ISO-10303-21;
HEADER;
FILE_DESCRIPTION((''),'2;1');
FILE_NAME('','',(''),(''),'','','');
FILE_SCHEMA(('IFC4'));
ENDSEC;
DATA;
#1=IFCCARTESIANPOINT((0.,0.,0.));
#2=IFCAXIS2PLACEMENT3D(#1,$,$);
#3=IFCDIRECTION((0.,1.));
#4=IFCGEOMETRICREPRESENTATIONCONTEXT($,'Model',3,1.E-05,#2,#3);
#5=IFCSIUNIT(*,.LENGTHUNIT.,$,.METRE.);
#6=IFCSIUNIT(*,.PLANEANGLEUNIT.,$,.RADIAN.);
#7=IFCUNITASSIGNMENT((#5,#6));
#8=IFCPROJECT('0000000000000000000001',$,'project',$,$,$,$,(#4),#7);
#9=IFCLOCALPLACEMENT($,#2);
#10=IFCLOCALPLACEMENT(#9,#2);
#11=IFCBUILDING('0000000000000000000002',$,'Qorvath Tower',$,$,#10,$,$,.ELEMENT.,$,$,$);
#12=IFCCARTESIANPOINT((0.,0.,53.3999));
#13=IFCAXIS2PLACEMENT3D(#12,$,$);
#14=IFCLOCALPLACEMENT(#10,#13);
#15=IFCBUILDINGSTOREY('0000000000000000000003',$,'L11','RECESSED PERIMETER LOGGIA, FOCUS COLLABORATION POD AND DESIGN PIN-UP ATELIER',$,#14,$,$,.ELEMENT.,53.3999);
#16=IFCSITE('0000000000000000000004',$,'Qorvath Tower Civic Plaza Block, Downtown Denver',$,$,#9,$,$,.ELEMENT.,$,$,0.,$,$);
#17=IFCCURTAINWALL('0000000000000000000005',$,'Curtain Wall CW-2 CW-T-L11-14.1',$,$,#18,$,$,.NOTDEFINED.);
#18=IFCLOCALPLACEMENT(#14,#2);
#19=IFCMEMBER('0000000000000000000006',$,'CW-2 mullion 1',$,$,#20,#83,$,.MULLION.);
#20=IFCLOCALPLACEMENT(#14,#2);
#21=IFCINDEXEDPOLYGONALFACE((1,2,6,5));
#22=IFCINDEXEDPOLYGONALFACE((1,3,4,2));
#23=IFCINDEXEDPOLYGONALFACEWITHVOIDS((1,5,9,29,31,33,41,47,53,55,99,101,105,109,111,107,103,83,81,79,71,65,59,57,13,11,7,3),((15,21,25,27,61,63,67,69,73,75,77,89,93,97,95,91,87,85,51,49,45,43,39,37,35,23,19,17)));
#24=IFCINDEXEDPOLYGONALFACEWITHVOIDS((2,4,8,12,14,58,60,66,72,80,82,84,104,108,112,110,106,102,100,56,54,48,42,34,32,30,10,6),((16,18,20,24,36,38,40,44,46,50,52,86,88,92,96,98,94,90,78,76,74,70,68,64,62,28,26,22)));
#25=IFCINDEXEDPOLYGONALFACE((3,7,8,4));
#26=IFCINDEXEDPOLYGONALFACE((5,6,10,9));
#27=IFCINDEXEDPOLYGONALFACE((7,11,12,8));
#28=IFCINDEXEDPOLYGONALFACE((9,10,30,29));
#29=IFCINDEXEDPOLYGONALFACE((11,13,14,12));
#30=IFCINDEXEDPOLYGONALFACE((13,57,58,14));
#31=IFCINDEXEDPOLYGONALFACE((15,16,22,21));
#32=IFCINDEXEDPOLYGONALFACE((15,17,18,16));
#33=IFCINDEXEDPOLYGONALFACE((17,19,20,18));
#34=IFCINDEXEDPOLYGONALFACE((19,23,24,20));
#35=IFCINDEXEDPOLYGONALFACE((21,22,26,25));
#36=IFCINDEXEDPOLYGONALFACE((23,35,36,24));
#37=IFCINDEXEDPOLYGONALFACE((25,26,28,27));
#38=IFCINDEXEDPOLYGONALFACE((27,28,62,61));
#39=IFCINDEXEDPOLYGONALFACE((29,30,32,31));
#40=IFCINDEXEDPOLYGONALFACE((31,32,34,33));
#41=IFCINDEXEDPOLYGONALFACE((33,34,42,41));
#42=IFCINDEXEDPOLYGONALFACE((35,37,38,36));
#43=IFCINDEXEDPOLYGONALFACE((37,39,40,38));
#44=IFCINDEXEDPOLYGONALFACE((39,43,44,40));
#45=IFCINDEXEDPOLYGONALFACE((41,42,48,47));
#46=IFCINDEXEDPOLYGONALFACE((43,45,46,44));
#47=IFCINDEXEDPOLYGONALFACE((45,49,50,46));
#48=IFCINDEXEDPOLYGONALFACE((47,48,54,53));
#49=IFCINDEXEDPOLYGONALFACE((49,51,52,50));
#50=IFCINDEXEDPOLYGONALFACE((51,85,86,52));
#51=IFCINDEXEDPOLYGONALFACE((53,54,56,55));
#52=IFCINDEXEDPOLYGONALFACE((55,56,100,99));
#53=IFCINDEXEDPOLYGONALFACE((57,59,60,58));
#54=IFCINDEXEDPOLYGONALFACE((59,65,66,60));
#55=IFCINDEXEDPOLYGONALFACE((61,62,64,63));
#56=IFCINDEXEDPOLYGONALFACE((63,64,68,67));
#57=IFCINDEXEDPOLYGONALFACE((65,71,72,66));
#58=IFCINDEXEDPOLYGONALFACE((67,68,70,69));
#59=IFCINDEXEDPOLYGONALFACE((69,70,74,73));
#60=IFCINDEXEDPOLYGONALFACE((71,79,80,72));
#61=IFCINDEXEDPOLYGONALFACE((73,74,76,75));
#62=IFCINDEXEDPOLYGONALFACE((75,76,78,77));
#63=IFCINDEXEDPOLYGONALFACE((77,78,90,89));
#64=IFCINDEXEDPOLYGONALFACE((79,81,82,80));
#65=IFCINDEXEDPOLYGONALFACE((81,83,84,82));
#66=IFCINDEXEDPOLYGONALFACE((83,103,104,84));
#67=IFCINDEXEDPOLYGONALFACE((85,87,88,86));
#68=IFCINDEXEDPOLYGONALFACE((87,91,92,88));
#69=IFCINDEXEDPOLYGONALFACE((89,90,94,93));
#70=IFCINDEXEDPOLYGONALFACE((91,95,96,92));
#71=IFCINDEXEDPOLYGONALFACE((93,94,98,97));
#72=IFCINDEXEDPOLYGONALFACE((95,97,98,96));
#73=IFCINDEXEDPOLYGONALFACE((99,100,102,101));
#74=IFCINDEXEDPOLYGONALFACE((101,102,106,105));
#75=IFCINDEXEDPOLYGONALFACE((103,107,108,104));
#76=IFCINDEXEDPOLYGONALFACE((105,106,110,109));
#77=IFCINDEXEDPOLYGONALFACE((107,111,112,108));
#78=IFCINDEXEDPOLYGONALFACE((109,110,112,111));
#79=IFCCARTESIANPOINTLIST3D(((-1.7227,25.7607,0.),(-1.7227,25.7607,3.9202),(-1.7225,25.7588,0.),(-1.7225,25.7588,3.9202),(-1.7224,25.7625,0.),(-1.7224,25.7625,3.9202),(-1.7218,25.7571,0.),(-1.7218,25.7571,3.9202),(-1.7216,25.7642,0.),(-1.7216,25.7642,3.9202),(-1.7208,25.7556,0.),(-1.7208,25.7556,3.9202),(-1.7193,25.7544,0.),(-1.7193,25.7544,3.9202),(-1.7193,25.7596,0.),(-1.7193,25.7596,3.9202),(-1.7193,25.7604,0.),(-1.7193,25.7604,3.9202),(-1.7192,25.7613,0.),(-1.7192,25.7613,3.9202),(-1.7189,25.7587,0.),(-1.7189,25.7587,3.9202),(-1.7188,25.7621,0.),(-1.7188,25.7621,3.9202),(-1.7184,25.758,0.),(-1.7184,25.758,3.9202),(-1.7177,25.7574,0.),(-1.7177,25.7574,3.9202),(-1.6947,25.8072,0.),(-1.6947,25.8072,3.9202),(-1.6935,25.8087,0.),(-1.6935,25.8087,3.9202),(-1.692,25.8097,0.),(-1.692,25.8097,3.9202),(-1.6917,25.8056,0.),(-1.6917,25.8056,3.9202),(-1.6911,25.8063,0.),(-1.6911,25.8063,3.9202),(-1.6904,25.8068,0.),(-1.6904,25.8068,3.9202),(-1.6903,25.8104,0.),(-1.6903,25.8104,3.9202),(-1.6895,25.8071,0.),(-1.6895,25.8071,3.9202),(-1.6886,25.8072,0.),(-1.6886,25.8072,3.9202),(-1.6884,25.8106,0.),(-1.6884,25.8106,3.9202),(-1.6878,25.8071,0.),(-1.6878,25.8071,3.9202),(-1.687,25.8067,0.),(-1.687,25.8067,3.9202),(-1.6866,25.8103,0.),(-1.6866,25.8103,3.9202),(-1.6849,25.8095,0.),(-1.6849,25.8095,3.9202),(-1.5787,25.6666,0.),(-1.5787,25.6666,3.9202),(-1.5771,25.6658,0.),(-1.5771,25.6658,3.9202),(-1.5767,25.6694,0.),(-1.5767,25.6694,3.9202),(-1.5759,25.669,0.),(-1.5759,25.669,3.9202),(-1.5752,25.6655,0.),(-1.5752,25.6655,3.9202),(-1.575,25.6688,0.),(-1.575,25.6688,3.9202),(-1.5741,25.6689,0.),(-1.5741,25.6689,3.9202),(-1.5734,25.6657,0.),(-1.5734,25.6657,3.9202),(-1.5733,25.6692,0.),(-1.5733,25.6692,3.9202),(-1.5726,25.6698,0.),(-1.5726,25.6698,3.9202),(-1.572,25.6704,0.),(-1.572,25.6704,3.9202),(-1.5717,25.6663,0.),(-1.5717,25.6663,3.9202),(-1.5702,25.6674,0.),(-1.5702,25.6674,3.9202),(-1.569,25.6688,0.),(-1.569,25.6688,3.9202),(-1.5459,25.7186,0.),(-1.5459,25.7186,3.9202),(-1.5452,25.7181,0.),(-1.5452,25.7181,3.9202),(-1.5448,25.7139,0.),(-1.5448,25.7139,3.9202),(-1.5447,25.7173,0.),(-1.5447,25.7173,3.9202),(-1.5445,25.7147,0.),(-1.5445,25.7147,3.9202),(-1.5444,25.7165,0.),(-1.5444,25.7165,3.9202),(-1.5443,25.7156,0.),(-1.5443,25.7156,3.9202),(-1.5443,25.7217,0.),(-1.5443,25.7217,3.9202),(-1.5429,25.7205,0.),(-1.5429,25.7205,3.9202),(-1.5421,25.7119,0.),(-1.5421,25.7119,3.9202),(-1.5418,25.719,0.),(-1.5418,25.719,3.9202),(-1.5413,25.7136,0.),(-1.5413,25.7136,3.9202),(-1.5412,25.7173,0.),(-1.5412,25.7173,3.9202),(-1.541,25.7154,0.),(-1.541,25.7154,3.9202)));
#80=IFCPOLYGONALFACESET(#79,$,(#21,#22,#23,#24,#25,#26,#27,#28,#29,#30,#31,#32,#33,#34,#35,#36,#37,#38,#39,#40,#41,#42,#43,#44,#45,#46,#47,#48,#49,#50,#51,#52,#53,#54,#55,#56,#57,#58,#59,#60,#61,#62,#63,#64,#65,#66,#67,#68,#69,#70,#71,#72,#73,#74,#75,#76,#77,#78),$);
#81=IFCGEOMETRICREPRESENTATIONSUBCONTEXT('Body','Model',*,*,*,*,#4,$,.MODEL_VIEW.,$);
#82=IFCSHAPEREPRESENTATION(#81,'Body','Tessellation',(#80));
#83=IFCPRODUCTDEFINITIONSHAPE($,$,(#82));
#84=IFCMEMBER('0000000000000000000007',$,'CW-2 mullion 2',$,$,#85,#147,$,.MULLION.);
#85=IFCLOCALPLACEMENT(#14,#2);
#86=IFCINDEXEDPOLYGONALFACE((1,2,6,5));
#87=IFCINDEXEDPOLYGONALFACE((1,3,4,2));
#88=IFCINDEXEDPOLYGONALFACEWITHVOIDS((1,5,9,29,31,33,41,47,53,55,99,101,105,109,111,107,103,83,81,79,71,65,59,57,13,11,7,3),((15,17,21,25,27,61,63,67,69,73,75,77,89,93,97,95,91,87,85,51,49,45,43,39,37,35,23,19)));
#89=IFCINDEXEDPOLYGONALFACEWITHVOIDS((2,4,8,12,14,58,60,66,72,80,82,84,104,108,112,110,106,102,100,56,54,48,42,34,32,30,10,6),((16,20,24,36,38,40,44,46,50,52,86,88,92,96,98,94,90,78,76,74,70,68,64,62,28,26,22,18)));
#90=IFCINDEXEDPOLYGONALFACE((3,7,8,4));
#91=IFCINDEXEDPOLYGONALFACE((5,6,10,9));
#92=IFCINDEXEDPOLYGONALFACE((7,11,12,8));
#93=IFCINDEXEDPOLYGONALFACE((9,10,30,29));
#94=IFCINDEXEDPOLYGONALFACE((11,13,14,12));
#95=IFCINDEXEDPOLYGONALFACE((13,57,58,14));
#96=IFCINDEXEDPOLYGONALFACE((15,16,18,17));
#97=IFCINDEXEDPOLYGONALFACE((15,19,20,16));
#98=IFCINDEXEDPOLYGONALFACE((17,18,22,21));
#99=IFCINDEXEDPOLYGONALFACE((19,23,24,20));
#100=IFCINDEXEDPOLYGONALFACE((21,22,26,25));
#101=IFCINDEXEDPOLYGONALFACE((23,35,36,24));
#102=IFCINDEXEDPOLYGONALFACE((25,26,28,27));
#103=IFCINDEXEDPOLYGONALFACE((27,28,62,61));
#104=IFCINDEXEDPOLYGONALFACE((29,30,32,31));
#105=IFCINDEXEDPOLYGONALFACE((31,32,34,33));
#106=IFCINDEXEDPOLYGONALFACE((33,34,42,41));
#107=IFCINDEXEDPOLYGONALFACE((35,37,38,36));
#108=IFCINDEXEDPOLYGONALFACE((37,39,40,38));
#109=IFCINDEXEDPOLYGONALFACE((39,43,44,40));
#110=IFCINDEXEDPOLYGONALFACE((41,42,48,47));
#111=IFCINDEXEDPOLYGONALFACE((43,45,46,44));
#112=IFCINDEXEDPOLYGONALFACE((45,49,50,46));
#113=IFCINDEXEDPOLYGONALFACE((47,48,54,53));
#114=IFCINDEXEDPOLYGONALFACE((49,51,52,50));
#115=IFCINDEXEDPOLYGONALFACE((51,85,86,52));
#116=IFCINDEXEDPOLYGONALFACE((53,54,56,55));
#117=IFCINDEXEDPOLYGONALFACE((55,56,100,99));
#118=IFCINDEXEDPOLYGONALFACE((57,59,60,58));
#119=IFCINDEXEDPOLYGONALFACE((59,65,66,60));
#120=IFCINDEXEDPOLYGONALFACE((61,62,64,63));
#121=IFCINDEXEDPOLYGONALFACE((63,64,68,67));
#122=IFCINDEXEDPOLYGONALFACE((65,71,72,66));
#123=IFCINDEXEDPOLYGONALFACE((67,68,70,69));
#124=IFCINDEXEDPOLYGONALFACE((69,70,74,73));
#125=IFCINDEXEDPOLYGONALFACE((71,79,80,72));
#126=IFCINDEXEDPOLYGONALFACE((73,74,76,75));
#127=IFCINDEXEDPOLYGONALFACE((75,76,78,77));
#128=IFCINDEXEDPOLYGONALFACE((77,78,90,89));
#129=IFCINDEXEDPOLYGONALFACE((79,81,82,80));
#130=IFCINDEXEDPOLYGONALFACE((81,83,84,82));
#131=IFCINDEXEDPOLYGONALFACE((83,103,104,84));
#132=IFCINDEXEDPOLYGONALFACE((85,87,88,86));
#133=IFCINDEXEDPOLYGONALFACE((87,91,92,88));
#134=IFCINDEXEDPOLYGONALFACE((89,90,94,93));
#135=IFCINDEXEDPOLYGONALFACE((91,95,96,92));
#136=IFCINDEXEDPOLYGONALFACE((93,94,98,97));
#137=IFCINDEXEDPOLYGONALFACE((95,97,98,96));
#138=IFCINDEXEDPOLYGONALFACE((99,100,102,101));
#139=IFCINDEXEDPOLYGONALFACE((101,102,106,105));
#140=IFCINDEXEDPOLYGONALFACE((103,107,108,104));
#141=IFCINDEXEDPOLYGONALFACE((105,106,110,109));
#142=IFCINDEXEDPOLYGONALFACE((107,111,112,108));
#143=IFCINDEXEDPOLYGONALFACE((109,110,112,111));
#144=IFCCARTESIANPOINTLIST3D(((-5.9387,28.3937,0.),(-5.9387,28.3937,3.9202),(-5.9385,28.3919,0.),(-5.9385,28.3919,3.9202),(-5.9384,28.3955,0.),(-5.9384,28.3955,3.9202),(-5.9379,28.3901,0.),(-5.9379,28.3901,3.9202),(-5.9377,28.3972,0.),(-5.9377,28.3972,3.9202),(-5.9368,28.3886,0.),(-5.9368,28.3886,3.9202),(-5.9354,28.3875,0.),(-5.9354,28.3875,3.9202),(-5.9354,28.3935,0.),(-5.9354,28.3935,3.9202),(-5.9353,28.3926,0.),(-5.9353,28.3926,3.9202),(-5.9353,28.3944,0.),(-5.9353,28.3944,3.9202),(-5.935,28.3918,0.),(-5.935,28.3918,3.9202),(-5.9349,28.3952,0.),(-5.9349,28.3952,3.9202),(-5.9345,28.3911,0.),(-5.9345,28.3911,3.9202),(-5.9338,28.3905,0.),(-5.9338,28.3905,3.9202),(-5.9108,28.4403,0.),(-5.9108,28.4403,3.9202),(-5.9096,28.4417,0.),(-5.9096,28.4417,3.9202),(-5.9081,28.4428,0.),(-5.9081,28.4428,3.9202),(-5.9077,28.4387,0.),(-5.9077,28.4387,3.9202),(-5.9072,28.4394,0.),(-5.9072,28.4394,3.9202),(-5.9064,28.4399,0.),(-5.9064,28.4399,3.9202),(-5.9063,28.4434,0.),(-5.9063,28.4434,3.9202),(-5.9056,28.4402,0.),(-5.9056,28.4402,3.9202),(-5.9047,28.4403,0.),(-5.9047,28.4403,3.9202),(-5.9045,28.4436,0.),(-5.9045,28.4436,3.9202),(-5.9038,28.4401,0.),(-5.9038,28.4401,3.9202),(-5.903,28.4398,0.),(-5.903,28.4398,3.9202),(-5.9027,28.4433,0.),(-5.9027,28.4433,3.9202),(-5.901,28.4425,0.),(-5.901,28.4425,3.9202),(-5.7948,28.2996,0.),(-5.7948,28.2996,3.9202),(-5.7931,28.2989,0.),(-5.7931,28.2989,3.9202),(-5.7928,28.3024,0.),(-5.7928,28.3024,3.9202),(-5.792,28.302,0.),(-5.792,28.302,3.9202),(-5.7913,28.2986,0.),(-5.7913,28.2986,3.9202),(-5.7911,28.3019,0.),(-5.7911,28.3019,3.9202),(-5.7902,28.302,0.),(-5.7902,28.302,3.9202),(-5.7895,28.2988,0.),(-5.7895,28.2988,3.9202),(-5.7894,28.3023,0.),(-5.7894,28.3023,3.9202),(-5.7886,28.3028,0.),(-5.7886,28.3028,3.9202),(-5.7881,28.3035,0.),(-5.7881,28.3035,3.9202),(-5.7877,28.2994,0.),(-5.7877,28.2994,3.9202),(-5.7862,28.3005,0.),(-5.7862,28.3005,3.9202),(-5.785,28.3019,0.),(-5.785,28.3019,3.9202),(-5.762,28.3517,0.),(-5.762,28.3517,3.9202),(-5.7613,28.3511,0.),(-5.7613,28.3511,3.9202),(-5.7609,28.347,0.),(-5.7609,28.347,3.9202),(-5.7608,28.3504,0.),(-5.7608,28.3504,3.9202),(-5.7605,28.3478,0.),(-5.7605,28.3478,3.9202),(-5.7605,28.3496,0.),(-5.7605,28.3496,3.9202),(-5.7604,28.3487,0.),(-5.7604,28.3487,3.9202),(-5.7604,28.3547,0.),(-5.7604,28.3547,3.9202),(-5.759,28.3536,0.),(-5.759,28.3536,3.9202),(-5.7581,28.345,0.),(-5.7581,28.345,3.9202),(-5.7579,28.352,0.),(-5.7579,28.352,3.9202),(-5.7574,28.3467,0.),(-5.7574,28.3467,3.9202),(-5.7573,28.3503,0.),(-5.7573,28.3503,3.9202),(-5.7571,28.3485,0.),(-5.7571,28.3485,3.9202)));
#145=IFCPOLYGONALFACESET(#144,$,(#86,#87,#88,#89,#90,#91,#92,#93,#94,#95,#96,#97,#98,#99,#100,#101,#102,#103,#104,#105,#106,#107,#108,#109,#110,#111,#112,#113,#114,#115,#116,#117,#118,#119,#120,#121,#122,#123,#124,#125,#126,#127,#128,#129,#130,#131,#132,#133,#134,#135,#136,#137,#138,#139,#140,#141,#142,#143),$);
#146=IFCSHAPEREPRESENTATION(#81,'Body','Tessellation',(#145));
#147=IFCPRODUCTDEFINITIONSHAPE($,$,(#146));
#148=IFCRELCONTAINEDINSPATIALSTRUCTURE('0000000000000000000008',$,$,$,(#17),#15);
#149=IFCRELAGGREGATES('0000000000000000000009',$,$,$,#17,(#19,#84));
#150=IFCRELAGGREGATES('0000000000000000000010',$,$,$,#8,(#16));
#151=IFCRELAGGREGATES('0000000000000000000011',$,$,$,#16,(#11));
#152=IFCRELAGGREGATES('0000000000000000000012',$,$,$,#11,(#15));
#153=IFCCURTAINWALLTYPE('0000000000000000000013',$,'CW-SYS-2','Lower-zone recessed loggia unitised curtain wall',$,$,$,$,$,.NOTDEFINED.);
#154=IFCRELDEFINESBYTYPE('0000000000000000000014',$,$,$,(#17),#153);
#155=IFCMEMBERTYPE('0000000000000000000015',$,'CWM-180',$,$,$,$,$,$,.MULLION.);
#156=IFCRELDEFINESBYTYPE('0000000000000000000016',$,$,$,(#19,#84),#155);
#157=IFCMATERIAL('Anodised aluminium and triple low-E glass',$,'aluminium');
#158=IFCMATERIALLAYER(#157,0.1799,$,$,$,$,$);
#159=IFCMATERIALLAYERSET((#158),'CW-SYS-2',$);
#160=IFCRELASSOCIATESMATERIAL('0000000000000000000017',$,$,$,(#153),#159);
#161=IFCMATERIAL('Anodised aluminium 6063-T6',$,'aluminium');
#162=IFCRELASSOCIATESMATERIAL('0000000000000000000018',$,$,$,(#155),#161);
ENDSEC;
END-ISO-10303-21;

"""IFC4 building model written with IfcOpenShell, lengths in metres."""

from ifc_helpers import new_model, si_unit, direction, frame, origin, origin_2d, place, context, subcontext, project, spatial, hollow_rectangle, extrude, material, layer, layer_set, material_profile, profile_set, type_object, element, aggregate, save


model = new_model("IFC4")

# Units and contexts
model_context = context("Model", 3, precision=1e-05, world=origin(), true_north=direction((0.0, 1.0)))
body_context = subcontext(model_context, "Body", "Model", "MODEL_VIEW")
ifc_project = project(units=[si_unit("LENGTHUNIT", "METRE"), si_unit("PLANEANGLEUNIT", "RADIAN")], contexts=[model_context])

# Site, building, storey
site_placement = place(None, origin())
site = spatial("IfcSite", under=ifc_project, at=site_placement, Name="Qorvath Tower Civic Plaza Block, Downtown Denver", CompositionType="ELEMENT", RefElevation=0.0)
building_placement = place(site_placement, origin())
building = spatial("IfcBuilding", under=site, at=building_placement, Name="Qorvath Tower", CompositionType="ELEMENT")
storey_placement = place(building_placement, frame((0.0, 0.0, 53.3999)))
storey = spatial("IfcBuildingStorey", under=building, at=storey_placement, Name="L11", Description="RECESSED PERIMETER LOGGIA, FOCUS COLLABORATION POD AND DESIGN PIN-UP ATELIER", CompositionType="ELEMENT", Elevation=53.3999)

# Shared definitions
ifc_material_1 = material(Name="Anodised aluminium and triple low-E glass", Category="aluminium")
ifc_layer_1 = layer(ifc_material_1, 0.1799)
ifc_layer_set_1 = layer_set([ifc_layer_1], Name="CW-SYS-2")
curtain_wall_type = type_object("IfcCurtainWallType", Name="CW-SYS-2", Description="Lower-zone recessed loggia unitised curtain wall", PredefinedType="NOTDEFINED", material=ifc_layer_set_1)
ifc_material_2 = material(Name="Anodised aluminium 6063-T6", Category="aluminium")
ifc_material_profile_1 = material_profile(ifc_material_2, hollow_rectangle(XDim=0.0649, YDim=0.1799, WallThickness=0.0034, InnerFilletRadius=0.0034, OuterFilletRadius=0.0071, at=origin_2d()), Name="CWM 180x65")
ifc_profile_set_1 = profile_set([ifc_material_profile_1], Name="Anodised aluminium 6063-T6")
member_type_1 = type_object("IfcMemberType", Name="CWM-180", PredefinedType="MULLION", material=ifc_profile_set_1)

# Curtain wall, members
curtain_wall_1_placement = place(storey_placement, origin())
curtain_wall_1 = element("IfcCurtainWall", 1, at=curtain_wall_1_placement, inside=storey, type_object=curtain_wall_type, Name="Curtain Wall CW-2 CW-T-L11-14.1", PredefinedType="NOTDEFINED")
member_1_placement = place(storey_placement, frame((-1.6318, 25.738, 0.0), z_axis=(0.0, 0.0, 1.0), x_axis=(-0.529724, -0.84817, 0.0)))
member_1 = element("IfcMember", 2, at=member_1_placement, type_object=member_type_1, Name="CW-2 mullion 1", PredefinedType="MULLION", context=body_context, shape_type="SweptSolid", body=[
    extrude(hollow_rectangle(XDim=0.0649, YDim=0.1799, WallThickness=0.0034, InnerFilletRadius=0.0034, OuterFilletRadius=0.0071, at=origin_2d()), origin(), (0.0, 0.0, 1.0), 3.9202),
])
member_2_placement = place(storey_placement, frame((-5.8479, 28.3711, 0.0), z_axis=(0.0, 0.0, 1.0), x_axis=(-0.529724, -0.84817, 0.0)))
member_2 = element("IfcMember", 3, at=member_2_placement, type_object=member_type_1, Name="CW-2 mullion 2", PredefinedType="MULLION", context=body_context, shape_type="SweptSolid", body=[
    extrude(hollow_rectangle(XDim=0.0649, YDim=0.1799, WallThickness=0.0034, InnerFilletRadius=0.0034, OuterFilletRadius=0.0071, at=origin_2d()), origin(), (0.0, 0.0, 1.0), 3.9202),
])

aggregate(curtain_wall_1, [member_1, member_2])

save(model, "model.ifc")
